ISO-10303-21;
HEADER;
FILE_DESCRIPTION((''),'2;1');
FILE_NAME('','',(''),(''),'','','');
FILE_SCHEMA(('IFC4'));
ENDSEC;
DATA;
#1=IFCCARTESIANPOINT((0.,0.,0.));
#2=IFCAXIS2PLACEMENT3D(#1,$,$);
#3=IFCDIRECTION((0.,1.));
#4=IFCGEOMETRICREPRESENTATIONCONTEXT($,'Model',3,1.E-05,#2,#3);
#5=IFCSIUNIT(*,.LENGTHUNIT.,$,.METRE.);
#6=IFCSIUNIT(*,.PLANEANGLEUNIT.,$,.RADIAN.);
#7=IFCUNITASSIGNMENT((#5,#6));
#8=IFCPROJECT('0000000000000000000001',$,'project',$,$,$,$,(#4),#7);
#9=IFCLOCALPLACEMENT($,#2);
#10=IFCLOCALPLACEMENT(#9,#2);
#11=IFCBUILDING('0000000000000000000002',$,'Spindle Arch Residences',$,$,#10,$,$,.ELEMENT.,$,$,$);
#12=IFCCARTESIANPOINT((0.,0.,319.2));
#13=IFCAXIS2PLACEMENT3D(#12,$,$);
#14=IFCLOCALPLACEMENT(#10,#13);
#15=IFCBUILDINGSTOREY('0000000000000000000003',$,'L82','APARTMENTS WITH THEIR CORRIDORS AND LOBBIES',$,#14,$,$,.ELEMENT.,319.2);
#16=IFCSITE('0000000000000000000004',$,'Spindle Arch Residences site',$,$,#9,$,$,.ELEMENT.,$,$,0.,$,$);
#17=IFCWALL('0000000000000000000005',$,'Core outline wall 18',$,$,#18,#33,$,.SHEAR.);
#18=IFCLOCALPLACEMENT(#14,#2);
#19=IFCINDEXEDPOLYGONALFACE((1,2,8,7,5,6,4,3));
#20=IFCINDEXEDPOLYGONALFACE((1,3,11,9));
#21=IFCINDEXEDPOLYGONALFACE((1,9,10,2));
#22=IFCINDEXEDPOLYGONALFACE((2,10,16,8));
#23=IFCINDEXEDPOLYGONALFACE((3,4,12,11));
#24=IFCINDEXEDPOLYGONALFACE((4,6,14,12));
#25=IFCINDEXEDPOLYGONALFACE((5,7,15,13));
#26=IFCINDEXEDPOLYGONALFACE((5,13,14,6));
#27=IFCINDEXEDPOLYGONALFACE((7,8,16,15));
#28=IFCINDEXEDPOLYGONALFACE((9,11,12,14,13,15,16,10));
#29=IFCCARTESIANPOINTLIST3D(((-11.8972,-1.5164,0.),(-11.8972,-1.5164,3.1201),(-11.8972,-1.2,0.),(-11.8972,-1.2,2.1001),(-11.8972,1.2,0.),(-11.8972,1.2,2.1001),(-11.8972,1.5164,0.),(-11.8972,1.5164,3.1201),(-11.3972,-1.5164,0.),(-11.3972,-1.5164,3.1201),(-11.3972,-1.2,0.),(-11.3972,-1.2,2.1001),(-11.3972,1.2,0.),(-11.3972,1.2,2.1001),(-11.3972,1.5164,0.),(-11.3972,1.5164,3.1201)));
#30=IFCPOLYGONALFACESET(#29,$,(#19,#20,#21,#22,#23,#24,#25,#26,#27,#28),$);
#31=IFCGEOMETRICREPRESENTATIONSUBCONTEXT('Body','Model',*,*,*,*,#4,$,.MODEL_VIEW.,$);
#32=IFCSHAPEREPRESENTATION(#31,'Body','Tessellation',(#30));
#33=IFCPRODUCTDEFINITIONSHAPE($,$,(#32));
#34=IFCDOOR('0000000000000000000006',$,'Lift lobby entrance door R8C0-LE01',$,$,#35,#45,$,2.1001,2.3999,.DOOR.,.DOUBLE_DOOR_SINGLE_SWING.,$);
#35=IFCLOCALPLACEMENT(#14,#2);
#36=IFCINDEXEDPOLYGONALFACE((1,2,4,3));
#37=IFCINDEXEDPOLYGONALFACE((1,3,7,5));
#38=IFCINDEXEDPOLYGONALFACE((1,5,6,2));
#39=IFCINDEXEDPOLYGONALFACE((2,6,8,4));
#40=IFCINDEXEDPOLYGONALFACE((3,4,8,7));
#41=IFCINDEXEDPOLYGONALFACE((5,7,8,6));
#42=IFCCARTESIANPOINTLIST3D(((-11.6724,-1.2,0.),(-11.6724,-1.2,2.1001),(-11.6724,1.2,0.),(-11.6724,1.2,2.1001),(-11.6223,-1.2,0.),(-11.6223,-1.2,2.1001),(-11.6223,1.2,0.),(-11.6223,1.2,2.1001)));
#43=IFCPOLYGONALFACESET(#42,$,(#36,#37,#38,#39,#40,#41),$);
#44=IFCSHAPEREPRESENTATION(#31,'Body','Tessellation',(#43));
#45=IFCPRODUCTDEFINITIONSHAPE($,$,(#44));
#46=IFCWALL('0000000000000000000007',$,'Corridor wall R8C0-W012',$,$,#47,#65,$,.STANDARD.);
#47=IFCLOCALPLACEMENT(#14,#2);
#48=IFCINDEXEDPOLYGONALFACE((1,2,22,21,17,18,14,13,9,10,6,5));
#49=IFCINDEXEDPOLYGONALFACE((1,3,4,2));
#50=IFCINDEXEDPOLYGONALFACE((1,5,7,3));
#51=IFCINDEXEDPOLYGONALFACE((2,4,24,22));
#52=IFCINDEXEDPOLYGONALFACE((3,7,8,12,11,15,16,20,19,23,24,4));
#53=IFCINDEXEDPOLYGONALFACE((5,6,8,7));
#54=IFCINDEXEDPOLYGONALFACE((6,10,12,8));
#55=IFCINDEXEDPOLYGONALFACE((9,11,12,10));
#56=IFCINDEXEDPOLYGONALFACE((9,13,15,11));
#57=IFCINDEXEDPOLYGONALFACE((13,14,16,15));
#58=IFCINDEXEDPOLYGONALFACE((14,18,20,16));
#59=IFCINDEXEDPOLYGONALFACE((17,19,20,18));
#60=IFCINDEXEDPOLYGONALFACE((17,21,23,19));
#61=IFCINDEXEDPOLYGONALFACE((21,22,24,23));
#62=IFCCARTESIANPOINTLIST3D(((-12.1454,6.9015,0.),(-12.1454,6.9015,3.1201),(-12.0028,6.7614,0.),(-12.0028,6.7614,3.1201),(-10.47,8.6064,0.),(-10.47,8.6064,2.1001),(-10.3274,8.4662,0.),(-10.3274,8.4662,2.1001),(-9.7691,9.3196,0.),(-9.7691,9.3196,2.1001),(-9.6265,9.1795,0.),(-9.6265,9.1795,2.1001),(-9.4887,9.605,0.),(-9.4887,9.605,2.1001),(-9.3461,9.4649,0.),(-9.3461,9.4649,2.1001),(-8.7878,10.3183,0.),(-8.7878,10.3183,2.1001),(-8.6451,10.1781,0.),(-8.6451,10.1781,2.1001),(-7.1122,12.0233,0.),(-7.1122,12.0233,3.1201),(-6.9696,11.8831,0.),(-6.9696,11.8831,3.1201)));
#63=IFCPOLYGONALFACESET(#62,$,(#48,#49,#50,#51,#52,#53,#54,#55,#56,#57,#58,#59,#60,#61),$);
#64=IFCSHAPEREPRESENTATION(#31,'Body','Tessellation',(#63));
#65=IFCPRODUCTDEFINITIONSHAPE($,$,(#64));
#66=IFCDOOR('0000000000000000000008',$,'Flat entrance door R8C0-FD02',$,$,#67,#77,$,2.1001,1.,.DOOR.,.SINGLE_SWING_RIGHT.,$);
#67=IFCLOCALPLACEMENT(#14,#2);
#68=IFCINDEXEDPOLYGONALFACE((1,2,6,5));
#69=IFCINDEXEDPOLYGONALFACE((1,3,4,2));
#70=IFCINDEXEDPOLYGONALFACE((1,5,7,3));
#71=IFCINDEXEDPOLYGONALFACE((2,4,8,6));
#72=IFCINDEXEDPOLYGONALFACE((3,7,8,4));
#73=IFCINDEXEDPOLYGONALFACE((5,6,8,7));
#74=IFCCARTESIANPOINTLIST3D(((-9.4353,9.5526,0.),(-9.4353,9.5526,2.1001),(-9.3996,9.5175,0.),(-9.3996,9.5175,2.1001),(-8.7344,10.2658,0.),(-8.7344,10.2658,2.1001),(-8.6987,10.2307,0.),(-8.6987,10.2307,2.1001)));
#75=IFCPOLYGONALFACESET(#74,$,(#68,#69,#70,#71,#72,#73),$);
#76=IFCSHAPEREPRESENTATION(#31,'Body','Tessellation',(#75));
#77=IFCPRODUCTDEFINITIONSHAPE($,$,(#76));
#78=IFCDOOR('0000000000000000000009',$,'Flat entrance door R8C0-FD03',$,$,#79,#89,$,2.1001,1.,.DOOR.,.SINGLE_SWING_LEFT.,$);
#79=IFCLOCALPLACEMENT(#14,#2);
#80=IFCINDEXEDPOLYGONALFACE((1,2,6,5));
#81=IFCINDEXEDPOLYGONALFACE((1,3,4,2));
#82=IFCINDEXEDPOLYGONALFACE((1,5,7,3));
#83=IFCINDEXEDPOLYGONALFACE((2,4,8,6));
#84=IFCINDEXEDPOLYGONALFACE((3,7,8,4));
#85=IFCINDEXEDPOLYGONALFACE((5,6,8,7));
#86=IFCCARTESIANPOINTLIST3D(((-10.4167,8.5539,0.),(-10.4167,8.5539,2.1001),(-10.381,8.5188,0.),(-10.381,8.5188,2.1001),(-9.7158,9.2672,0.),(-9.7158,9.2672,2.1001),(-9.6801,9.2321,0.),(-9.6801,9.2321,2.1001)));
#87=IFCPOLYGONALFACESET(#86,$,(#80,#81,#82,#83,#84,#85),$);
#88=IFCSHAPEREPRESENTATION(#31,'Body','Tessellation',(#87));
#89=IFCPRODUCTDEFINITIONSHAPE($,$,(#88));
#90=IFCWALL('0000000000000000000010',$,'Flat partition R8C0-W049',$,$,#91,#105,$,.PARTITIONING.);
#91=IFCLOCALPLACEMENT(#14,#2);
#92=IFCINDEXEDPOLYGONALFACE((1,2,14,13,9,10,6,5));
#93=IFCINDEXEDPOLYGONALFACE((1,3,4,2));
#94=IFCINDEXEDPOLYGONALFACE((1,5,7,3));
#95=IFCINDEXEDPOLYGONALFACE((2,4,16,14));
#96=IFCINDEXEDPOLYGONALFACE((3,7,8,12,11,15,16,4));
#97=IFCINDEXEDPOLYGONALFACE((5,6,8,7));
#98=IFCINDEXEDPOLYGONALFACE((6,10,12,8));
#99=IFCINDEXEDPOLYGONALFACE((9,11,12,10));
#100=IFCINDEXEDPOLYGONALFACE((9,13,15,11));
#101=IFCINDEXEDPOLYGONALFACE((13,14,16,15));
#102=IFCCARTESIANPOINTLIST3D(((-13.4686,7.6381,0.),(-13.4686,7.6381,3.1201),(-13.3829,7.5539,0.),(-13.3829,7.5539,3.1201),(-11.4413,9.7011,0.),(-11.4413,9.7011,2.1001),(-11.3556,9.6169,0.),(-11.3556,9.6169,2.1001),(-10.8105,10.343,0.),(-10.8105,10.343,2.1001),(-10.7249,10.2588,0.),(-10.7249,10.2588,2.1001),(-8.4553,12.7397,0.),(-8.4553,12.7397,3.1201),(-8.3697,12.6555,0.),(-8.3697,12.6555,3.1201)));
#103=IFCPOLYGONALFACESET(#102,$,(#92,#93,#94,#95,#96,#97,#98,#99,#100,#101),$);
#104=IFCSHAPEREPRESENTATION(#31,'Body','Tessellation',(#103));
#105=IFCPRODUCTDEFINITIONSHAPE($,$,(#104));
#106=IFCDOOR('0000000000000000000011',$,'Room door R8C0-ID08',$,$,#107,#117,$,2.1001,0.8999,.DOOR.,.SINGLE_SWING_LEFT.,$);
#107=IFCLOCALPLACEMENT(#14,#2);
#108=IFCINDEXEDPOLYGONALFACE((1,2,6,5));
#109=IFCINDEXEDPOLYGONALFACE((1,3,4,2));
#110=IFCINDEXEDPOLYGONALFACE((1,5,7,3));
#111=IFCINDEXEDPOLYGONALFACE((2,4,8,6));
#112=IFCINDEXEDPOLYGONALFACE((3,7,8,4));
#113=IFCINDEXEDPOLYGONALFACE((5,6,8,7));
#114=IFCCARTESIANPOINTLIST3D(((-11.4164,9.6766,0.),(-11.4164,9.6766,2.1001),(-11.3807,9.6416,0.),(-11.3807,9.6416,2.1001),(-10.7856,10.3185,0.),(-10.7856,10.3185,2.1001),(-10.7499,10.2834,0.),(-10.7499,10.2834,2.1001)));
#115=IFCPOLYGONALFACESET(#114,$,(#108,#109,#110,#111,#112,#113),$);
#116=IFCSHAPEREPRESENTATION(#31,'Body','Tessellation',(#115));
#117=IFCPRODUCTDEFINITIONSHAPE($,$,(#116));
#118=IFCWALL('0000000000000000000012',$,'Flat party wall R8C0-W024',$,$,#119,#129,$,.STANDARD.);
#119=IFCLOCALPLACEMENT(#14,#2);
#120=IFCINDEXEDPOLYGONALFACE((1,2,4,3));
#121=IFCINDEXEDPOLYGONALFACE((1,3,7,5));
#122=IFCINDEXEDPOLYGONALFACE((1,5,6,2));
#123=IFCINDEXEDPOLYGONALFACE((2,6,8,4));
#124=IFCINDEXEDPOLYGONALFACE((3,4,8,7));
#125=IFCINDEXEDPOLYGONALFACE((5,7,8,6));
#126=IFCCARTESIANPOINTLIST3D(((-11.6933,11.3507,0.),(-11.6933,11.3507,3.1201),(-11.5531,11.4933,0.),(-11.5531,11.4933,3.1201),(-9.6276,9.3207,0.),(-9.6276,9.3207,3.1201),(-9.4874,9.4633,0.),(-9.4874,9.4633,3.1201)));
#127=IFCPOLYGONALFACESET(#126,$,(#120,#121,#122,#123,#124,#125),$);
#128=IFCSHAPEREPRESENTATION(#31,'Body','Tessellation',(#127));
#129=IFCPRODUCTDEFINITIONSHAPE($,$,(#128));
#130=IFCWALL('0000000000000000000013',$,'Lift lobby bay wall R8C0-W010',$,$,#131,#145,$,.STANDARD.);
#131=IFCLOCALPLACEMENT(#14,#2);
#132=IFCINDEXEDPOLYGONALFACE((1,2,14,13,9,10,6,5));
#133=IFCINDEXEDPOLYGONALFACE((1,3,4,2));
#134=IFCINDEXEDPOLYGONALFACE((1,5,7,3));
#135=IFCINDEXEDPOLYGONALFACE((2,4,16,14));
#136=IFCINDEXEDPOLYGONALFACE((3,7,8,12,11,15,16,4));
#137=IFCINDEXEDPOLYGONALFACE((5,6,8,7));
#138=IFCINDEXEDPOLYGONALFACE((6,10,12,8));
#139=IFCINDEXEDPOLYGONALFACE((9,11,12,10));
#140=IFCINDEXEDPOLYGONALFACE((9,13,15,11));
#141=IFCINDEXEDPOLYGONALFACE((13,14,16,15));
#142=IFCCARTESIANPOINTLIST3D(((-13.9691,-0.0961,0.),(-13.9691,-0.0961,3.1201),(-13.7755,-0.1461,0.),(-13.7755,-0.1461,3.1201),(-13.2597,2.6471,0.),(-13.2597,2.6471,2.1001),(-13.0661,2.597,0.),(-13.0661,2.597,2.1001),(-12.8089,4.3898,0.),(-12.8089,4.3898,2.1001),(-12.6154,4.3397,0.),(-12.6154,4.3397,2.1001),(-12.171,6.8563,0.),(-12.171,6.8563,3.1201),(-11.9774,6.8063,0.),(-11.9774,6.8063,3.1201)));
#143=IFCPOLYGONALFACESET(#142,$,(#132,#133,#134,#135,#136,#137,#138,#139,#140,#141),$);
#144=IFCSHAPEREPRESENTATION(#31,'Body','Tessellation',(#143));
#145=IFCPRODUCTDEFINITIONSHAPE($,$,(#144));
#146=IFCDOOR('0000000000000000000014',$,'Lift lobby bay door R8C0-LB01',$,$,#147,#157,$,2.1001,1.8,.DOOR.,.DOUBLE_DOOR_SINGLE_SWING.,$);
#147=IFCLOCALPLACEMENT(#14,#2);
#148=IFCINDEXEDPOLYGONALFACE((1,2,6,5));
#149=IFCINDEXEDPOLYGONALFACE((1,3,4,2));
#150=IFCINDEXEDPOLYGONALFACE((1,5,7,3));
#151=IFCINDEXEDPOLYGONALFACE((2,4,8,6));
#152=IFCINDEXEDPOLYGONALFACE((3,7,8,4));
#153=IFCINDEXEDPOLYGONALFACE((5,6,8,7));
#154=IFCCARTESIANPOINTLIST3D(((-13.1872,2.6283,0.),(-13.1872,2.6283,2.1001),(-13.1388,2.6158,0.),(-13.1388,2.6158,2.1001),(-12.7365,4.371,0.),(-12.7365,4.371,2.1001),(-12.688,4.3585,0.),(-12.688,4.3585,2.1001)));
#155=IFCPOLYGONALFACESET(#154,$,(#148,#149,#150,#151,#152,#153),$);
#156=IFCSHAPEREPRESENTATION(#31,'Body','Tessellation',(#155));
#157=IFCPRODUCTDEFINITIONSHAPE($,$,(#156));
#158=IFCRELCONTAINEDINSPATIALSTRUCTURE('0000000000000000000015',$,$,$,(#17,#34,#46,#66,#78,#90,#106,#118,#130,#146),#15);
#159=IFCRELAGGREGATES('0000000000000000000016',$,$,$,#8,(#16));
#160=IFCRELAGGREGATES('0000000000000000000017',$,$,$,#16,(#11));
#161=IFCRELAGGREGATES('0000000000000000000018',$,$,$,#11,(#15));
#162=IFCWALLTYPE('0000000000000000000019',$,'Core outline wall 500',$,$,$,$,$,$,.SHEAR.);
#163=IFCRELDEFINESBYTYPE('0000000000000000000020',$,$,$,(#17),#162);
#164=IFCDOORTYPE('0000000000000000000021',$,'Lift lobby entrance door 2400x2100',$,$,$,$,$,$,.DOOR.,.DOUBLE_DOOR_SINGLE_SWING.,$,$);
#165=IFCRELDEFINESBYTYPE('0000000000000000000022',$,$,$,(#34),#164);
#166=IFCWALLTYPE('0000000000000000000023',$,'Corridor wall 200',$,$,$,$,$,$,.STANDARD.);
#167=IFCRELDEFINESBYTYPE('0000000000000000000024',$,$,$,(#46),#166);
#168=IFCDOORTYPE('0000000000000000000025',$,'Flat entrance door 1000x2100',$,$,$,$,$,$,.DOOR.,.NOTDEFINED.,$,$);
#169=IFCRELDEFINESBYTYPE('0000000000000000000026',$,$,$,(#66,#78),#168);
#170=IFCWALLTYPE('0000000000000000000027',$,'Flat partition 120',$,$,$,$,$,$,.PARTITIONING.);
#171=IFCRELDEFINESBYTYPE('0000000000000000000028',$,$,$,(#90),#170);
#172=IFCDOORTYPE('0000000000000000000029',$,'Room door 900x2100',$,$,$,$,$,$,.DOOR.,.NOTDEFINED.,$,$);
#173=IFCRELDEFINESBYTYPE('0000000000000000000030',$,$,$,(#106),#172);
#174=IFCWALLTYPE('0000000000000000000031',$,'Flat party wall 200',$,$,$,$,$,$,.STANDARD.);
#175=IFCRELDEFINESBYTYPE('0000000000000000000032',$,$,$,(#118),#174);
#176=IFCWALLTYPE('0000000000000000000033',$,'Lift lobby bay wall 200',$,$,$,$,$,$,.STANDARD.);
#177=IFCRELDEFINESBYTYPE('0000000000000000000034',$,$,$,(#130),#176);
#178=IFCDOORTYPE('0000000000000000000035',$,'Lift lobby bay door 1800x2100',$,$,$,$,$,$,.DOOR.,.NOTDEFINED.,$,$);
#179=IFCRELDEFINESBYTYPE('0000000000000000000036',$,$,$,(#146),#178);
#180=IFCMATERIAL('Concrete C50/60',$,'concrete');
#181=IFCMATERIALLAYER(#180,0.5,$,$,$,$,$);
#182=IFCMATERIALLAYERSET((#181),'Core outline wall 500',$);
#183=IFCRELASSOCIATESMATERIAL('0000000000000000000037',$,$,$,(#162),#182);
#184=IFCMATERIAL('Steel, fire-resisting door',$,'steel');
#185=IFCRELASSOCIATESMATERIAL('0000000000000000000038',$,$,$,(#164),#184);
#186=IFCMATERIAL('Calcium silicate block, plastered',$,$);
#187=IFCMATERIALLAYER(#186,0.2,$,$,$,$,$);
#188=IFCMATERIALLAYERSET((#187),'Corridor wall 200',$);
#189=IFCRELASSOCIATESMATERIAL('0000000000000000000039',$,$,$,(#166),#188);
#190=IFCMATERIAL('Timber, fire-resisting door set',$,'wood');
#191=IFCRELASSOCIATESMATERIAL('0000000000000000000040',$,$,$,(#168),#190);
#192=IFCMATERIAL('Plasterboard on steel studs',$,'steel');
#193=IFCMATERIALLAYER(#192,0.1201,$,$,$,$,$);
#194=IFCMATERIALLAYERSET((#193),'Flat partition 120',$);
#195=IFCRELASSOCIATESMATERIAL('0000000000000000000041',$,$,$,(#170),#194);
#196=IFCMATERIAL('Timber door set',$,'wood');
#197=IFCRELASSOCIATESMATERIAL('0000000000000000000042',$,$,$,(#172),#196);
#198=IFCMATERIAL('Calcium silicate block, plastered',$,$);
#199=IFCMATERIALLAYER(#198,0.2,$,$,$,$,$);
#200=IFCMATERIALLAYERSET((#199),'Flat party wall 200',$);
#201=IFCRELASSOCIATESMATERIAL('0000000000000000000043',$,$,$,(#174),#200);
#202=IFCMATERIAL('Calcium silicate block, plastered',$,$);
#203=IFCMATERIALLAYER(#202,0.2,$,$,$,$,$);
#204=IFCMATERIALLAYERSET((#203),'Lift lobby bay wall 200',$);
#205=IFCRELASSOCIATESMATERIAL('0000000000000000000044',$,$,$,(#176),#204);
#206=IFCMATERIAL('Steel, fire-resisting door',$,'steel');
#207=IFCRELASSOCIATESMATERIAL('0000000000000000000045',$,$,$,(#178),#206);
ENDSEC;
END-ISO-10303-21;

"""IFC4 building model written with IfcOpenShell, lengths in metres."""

from ifc_helpers import new_model, si_unit, direction, frame, frame_2d, origin, place, context, subcontext, project, spatial, rectangle, extrude, material, layer, layer_set, type_object, element, fill, save


model = new_model("IFC4")

# Units and contexts
model_context = context("Model", 3, precision=1e-05, world=origin(), true_north=direction((0.0, 1.0)))
body_context = subcontext(model_context, "Body", "Model", "MODEL_VIEW")
ifc_project = project(units=[si_unit("LENGTHUNIT", "METRE"), si_unit("PLANEANGLEUNIT", "RADIAN")], contexts=[model_context])

# Site, building, storey
site_placement = place(None, origin())
site = spatial("IfcSite", under=ifc_project, at=site_placement, Name="Spindle Arch Residences site", CompositionType="ELEMENT", RefElevation=0.0)
building_placement = place(site_placement, origin())
building = spatial("IfcBuilding", under=site, at=building_placement, Name="Spindle Arch Residences", CompositionType="ELEMENT")
storey_placement = place(building_placement, frame((0.0, 0.0, 319.2)))
storey = spatial("IfcBuildingStorey", under=building, at=storey_placement, Name="L82", Description="APARTMENTS WITH THEIR CORRIDORS AND LOBBIES", CompositionType="ELEMENT", Elevation=319.2)

# Shared definitions
ifc_material_1 = material(Name="Concrete C50/60", Category="concrete")
ifc_layer_1 = layer(ifc_material_1, 0.5)
ifc_layer_set_1 = layer_set([ifc_layer_1], Name="Core outline wall 500")
wall_type_1 = type_object("IfcWallType", Name="Core outline wall 500", PredefinedType="SHEAR", material=ifc_layer_set_1)

# Wall, opening, door
wall_1_placement = place(storey_placement, frame((-11.6472, 1.5164, 0.0), z_axis=(0.0, 0.0, 1.0), x_axis=(0.0, -1.0, 0.0)))
wall_1 = element("IfcWall", 1, at=wall_1_placement, inside=storey, type_object=wall_type_1, Name="Core outline wall 18", PredefinedType="SHEAR", context=body_context, shape_type="SweptSolid", body=[
    extrude(rectangle(XDim=3.0327, YDim=0.5, at=frame_2d((1.5164, 0.0))), origin(), (0.0, 0.0, 1.0), 3.1201),
])
opening_1_placement = place(wall_1_placement, frame((0.3164, 0.0, 0.0)))
opening_1 = element("IfcOpeningElement", 2, at=opening_1_placement, cuts=wall_1, PredefinedType="OPENING", context=body_context, shape_type="SweptSolid", body=[
    extrude(rectangle(XDim=2.3999, YDim=2.1001, at=frame_2d((1.2, 1.05))), frame((0.0, 0.26, 0.0), z_axis=(0.0, -1.0, 0.0), x_axis=(1.0, 0.0, 0.0)), (0.0, 0.0, 1.0), 0.52),
])
ifc_material_2 = material(Name="Steel, fire-resisting door", Category="steel")
door_type_1 = type_object("IfcDoorType", Name="Lift lobby entrance door 2400x2100", OperationType="DOUBLE_DOOR_SINGLE_SWING", PredefinedType="DOOR", material=ifc_material_2)
door_1_placement = place(opening_1_placement, origin())
door_1 = element("IfcDoor", 3, at=door_1_placement, inside=storey, type_object=door_type_1, Name="Lift lobby entrance door R8C0-LE01", OperationType="DOUBLE_DOOR_SINGLE_SWING", OverallHeight=2.1001, OverallWidth=2.3999, PredefinedType="DOOR", context=body_context, shape_type="SweptSolid", body=[
    extrude(rectangle(XDim=2.3999, YDim=2.1001, at=frame_2d((1.2, 1.05))), frame((0.0, 0.0249, 0.0), z_axis=(0.0, -1.0, 0.0), x_axis=(1.0, 0.0, 0.0)), (0.0, 0.0, 1.0), 0.05),
])
fill(opening_1, door_1)

# Wall, openings, doors
ifc_material_3 = material(Name="Calcium silicate block, plastered")
ifc_layer_2 = layer(ifc_material_3, 0.2)
ifc_layer_set_2 = layer_set([ifc_layer_2], Name="Corridor wall 200")
wall_type_2 = type_object("IfcWallType", Name="Corridor wall 200", PredefinedType="STANDARD", material=ifc_layer_set_2)
wall_2_placement = place(storey_placement, frame((-7.041, 11.9531, 0.0), z_axis=(0.0, 0.0, 1.0), x_axis=(-0.700909, -0.713251, 0.0)))
wall_2 = element("IfcWall", 4, at=wall_2_placement, inside=storey, type_object=wall_type_2, Name="Corridor wall R8C0-W012", PredefinedType="STANDARD", context=body_context, shape_type="SweptSolid", body=[
    extrude(rectangle(XDim=7.1809, YDim=0.2, at=frame_2d((3.5903, 0.0))), origin(), (0.0, 0.0, 1.0), 3.1201),
])
opening_2_placement = place(wall_2_placement, frame((2.3904, 0.0, 0.0)))
opening_2 = element("IfcOpeningElement", 5, at=opening_2_placement, cuts=wall_2, PredefinedType="OPENING", context=body_context, shape_type="SweptSolid", body=[
    extrude(rectangle(XDim=1.0, YDim=2.1001, at=frame_2d((0.5, 1.05))), frame((0.0, 0.1099, 0.0), z_axis=(0.0, -1.0, 0.0), x_axis=(1.0, 0.0, 0.0)), (0.0, 0.0, 1.0), 0.22),
])
opening_3_placement = place(wall_2_placement, frame((3.7905, 0.0, 0.0)))
opening_3 = element("IfcOpeningElement", 6, at=opening_3_placement, cuts=wall_2, PredefinedType="OPENING", context=body_context, shape_type="SweptSolid", body=[
    extrude(rectangle(XDim=1.0, YDim=2.1001, at=frame_2d((0.5, 1.05))), frame((0.0, 0.1099, 0.0), z_axis=(0.0, -1.0, 0.0), x_axis=(1.0, 0.0, 0.0)), (0.0, 0.0, 1.0), 0.22),
])
ifc_material_4 = material(Name="Timber, fire-resisting door set", Category="wood")
door_type_2 = type_object("IfcDoorType", Name="Flat entrance door 1000x2100", OperationType="NOTDEFINED", PredefinedType="DOOR", material=ifc_material_4)
door_2_placement = place(opening_2_placement, origin())
door_2 = element("IfcDoor", 7, at=door_2_placement, inside=storey, type_object=door_type_2, Name="Flat entrance door R8C0-FD02", OperationType="SINGLE_SWING_RIGHT", OverallHeight=2.1001, OverallWidth=1.0, PredefinedType="DOOR", context=body_context, shape_type="SweptSolid", body=[
    extrude(rectangle(XDim=1.0, YDim=2.1001, at=frame_2d((0.5, 1.05))), frame((0.0, 0.0249, 0.0), z_axis=(0.0, -1.0, 0.0), x_axis=(1.0, 0.0, 0.0)), (0.0, 0.0, 1.0), 0.05),
])
fill(opening_2, door_2)
door_3_placement = place(opening_3_placement, origin())
door_3 = element("IfcDoor", 8, at=door_3_placement, inside=storey, type_object=door_type_2, Name="Flat entrance door R8C0-FD03", OperationType="SINGLE_SWING_LEFT", OverallHeight=2.1001, OverallWidth=1.0, PredefinedType="DOOR", context=body_context, shape_type="SweptSolid", body=[
    extrude(rectangle(XDim=1.0, YDim=2.1001, at=frame_2d((0.5, 1.05))), frame((0.0, 0.0249, 0.0), z_axis=(0.0, -1.0, 0.0), x_axis=(1.0, 0.0, 0.0)), (0.0, 0.0, 1.0), 0.05),
])
fill(opening_3, door_3)

# Wall, opening, door
ifc_material_5 = material(Name="Plasterboard on steel studs", Category="steel")
ifc_layer_3 = layer(ifc_material_5, 0.1201)
ifc_layer_set_3 = layer_set([ifc_layer_3], Name="Flat partition 120")
wall_type_3 = type_object("IfcWallType", Name="Flat partition 120", PredefinedType="PARTITIONING", material=ifc_layer_set_3)
wall_3_placement = place(storey_placement, frame((-8.4126, 12.6975, 0.0), z_axis=(0.0, 0.0, 1.0), x_axis=(-0.700902, -0.713258, 0.0)))
wall_3 = element("IfcWall", 9, at=wall_3_placement, inside=storey, type_object=wall_type_3, Name="Flat partition R8C0-W049", PredefinedType="PARTITIONING", context=body_context, shape_type="SweptSolid", body=[
    extrude(rectangle(XDim=7.1526, YDim=0.1201, at=frame_2d((3.5762, 0.0))), origin(), (0.0, 0.0, 1.0), 3.1201),
])
opening_4_placement = place(wall_3_placement, frame((3.3601, 0.0, 0.0)))
opening_4 = element("IfcOpeningElement", 10, at=opening_4_placement, cuts=wall_3, PredefinedType="OPENING", context=body_context, shape_type="SweptSolid", body=[
    extrude(rectangle(XDim=0.8999, YDim=2.1001, at=frame_2d((0.45, 1.05))), frame((0.0, 0.0701, 0.0), z_axis=(0.0, -1.0, 0.0), x_axis=(1.0, 0.0, 0.0)), (0.0, 0.0, 1.0), 0.1401),
])
ifc_material_6 = material(Name="Timber door set", Category="wood")
door_type_3 = type_object("IfcDoorType", Name="Room door 900x2100", OperationType="NOTDEFINED", PredefinedType="DOOR", material=ifc_material_6)
door_4_placement = place(opening_4_placement, origin())
door_4 = element("IfcDoor", 11, at=door_4_placement, inside=storey, type_object=door_type_3, Name="Room door R8C0-ID08", OperationType="SINGLE_SWING_LEFT", OverallHeight=2.1001, OverallWidth=0.8999, PredefinedType="DOOR", context=body_context, shape_type="SweptSolid", body=[
    extrude(rectangle(XDim=0.8999, YDim=2.1001, at=frame_2d((0.45, 1.05))), frame((0.0, 0.0249, 0.0), z_axis=(0.0, -1.0, 0.0), x_axis=(1.0, 0.0, 0.0)), (0.0, 0.0, 1.0), 0.05),
])
fill(opening_4, door_4)

# Wall
ifc_material_7 = material(Name="Calcium silicate block, plastered")
ifc_layer_4 = layer(ifc_material_7, 0.2)
ifc_layer_set_4 = layer_set([ifc_layer_4], Name="Flat party wall 200")
wall_type_4 = type_object("IfcWallType", Name="Flat party wall 200", PredefinedType="STANDARD", material=ifc_layer_set_4)
wall_4_placement = place(storey_placement, frame((-11.6233, 11.4221, 0.0), z_axis=(0.0, 0.0, 1.0), x_axis=(0.713234, -0.700926, 0.0)))
element("IfcWall", 12, at=wall_4_placement, inside=storey, type_object=wall_type_4, Name="Flat party wall R8C0-W024", PredefinedType="STANDARD", context=body_context, shape_type="SweptSolid", body=[
    extrude(rectangle(XDim=2.8962, YDim=0.2, at=frame_2d((1.4482, 0.0))), origin(), (0.0, 0.0, 1.0), 3.1201),
])

# Wall, opening, door
ifc_material_8 = material(Name="Calcium silicate block, plastered")
ifc_layer_5 = layer(ifc_material_8, 0.2)
ifc_layer_set_5 = layer_set([ifc_layer_5], Name="Lift lobby bay wall 200")
wall_type_5 = type_object("IfcWallType", Name="Lift lobby bay wall 200", PredefinedType="STANDARD", material=ifc_layer_set_5)
wall_5_placement = place(storey_placement, frame((-12.0742, 6.8313, 0.0), z_axis=(0.0, 0.0, 1.0), x_axis=(-0.250391, -0.968145, 0.0)))
wall_5 = element("IfcWall", 13, at=wall_5_placement, inside=storey, type_object=wall_type_5, Name="Lift lobby bay wall R8C0-W010", PredefinedType="STANDARD", context=body_context, shape_type="SweptSolid", body=[
    extrude(rectangle(XDim=7.1812, YDim=0.2, at=frame_2d((3.5906, 0.0))), origin(), (0.0, 0.0, 1.0), 3.1201),
])
opening_5_placement = place(wall_5_placement, frame((2.5479, 0.0, 0.0)))
opening_5 = element("IfcOpeningElement", 14, at=opening_5_placement, cuts=wall_5, PredefinedType="OPENING", context=body_context, shape_type="SweptSolid", body=[
    extrude(rectangle(XDim=1.8, YDim=2.1001, at=frame_2d((0.8999, 1.05))), frame((0.0, 0.1099, 0.0), z_axis=(0.0, -1.0, 0.0), x_axis=(1.0, 0.0, 0.0)), (0.0, 0.0, 1.0), 0.22),
])
ifc_material_9 = material(Name="Steel, fire-resisting door", Category="steel")
door_type_4 = type_object("IfcDoorType", Name="Lift lobby bay door 1800x2100", OperationType="NOTDEFINED", PredefinedType="DOOR", material=ifc_material_9)
door_5_placement = place(opening_5_placement, origin())
door_5 = element("IfcDoor", 15, at=door_5_placement, inside=storey, type_object=door_type_4, Name="Lift lobby bay door R8C0-LB01", OperationType="DOUBLE_DOOR_SINGLE_SWING", OverallHeight=2.1001, OverallWidth=1.8, PredefinedType="DOOR", context=body_context, shape_type="SweptSolid", body=[
    extrude(rectangle(XDim=1.8, YDim=2.1001, at=frame_2d((0.8999, 1.05))), frame((0.0, 0.0249, 0.0), z_axis=(0.0, -1.0, 0.0), x_axis=(1.0, 0.0, 0.0)), (0.0, 0.0, 1.0), 0.05),
])
fill(opening_5, door_5)

save(model, "model.ifc")
